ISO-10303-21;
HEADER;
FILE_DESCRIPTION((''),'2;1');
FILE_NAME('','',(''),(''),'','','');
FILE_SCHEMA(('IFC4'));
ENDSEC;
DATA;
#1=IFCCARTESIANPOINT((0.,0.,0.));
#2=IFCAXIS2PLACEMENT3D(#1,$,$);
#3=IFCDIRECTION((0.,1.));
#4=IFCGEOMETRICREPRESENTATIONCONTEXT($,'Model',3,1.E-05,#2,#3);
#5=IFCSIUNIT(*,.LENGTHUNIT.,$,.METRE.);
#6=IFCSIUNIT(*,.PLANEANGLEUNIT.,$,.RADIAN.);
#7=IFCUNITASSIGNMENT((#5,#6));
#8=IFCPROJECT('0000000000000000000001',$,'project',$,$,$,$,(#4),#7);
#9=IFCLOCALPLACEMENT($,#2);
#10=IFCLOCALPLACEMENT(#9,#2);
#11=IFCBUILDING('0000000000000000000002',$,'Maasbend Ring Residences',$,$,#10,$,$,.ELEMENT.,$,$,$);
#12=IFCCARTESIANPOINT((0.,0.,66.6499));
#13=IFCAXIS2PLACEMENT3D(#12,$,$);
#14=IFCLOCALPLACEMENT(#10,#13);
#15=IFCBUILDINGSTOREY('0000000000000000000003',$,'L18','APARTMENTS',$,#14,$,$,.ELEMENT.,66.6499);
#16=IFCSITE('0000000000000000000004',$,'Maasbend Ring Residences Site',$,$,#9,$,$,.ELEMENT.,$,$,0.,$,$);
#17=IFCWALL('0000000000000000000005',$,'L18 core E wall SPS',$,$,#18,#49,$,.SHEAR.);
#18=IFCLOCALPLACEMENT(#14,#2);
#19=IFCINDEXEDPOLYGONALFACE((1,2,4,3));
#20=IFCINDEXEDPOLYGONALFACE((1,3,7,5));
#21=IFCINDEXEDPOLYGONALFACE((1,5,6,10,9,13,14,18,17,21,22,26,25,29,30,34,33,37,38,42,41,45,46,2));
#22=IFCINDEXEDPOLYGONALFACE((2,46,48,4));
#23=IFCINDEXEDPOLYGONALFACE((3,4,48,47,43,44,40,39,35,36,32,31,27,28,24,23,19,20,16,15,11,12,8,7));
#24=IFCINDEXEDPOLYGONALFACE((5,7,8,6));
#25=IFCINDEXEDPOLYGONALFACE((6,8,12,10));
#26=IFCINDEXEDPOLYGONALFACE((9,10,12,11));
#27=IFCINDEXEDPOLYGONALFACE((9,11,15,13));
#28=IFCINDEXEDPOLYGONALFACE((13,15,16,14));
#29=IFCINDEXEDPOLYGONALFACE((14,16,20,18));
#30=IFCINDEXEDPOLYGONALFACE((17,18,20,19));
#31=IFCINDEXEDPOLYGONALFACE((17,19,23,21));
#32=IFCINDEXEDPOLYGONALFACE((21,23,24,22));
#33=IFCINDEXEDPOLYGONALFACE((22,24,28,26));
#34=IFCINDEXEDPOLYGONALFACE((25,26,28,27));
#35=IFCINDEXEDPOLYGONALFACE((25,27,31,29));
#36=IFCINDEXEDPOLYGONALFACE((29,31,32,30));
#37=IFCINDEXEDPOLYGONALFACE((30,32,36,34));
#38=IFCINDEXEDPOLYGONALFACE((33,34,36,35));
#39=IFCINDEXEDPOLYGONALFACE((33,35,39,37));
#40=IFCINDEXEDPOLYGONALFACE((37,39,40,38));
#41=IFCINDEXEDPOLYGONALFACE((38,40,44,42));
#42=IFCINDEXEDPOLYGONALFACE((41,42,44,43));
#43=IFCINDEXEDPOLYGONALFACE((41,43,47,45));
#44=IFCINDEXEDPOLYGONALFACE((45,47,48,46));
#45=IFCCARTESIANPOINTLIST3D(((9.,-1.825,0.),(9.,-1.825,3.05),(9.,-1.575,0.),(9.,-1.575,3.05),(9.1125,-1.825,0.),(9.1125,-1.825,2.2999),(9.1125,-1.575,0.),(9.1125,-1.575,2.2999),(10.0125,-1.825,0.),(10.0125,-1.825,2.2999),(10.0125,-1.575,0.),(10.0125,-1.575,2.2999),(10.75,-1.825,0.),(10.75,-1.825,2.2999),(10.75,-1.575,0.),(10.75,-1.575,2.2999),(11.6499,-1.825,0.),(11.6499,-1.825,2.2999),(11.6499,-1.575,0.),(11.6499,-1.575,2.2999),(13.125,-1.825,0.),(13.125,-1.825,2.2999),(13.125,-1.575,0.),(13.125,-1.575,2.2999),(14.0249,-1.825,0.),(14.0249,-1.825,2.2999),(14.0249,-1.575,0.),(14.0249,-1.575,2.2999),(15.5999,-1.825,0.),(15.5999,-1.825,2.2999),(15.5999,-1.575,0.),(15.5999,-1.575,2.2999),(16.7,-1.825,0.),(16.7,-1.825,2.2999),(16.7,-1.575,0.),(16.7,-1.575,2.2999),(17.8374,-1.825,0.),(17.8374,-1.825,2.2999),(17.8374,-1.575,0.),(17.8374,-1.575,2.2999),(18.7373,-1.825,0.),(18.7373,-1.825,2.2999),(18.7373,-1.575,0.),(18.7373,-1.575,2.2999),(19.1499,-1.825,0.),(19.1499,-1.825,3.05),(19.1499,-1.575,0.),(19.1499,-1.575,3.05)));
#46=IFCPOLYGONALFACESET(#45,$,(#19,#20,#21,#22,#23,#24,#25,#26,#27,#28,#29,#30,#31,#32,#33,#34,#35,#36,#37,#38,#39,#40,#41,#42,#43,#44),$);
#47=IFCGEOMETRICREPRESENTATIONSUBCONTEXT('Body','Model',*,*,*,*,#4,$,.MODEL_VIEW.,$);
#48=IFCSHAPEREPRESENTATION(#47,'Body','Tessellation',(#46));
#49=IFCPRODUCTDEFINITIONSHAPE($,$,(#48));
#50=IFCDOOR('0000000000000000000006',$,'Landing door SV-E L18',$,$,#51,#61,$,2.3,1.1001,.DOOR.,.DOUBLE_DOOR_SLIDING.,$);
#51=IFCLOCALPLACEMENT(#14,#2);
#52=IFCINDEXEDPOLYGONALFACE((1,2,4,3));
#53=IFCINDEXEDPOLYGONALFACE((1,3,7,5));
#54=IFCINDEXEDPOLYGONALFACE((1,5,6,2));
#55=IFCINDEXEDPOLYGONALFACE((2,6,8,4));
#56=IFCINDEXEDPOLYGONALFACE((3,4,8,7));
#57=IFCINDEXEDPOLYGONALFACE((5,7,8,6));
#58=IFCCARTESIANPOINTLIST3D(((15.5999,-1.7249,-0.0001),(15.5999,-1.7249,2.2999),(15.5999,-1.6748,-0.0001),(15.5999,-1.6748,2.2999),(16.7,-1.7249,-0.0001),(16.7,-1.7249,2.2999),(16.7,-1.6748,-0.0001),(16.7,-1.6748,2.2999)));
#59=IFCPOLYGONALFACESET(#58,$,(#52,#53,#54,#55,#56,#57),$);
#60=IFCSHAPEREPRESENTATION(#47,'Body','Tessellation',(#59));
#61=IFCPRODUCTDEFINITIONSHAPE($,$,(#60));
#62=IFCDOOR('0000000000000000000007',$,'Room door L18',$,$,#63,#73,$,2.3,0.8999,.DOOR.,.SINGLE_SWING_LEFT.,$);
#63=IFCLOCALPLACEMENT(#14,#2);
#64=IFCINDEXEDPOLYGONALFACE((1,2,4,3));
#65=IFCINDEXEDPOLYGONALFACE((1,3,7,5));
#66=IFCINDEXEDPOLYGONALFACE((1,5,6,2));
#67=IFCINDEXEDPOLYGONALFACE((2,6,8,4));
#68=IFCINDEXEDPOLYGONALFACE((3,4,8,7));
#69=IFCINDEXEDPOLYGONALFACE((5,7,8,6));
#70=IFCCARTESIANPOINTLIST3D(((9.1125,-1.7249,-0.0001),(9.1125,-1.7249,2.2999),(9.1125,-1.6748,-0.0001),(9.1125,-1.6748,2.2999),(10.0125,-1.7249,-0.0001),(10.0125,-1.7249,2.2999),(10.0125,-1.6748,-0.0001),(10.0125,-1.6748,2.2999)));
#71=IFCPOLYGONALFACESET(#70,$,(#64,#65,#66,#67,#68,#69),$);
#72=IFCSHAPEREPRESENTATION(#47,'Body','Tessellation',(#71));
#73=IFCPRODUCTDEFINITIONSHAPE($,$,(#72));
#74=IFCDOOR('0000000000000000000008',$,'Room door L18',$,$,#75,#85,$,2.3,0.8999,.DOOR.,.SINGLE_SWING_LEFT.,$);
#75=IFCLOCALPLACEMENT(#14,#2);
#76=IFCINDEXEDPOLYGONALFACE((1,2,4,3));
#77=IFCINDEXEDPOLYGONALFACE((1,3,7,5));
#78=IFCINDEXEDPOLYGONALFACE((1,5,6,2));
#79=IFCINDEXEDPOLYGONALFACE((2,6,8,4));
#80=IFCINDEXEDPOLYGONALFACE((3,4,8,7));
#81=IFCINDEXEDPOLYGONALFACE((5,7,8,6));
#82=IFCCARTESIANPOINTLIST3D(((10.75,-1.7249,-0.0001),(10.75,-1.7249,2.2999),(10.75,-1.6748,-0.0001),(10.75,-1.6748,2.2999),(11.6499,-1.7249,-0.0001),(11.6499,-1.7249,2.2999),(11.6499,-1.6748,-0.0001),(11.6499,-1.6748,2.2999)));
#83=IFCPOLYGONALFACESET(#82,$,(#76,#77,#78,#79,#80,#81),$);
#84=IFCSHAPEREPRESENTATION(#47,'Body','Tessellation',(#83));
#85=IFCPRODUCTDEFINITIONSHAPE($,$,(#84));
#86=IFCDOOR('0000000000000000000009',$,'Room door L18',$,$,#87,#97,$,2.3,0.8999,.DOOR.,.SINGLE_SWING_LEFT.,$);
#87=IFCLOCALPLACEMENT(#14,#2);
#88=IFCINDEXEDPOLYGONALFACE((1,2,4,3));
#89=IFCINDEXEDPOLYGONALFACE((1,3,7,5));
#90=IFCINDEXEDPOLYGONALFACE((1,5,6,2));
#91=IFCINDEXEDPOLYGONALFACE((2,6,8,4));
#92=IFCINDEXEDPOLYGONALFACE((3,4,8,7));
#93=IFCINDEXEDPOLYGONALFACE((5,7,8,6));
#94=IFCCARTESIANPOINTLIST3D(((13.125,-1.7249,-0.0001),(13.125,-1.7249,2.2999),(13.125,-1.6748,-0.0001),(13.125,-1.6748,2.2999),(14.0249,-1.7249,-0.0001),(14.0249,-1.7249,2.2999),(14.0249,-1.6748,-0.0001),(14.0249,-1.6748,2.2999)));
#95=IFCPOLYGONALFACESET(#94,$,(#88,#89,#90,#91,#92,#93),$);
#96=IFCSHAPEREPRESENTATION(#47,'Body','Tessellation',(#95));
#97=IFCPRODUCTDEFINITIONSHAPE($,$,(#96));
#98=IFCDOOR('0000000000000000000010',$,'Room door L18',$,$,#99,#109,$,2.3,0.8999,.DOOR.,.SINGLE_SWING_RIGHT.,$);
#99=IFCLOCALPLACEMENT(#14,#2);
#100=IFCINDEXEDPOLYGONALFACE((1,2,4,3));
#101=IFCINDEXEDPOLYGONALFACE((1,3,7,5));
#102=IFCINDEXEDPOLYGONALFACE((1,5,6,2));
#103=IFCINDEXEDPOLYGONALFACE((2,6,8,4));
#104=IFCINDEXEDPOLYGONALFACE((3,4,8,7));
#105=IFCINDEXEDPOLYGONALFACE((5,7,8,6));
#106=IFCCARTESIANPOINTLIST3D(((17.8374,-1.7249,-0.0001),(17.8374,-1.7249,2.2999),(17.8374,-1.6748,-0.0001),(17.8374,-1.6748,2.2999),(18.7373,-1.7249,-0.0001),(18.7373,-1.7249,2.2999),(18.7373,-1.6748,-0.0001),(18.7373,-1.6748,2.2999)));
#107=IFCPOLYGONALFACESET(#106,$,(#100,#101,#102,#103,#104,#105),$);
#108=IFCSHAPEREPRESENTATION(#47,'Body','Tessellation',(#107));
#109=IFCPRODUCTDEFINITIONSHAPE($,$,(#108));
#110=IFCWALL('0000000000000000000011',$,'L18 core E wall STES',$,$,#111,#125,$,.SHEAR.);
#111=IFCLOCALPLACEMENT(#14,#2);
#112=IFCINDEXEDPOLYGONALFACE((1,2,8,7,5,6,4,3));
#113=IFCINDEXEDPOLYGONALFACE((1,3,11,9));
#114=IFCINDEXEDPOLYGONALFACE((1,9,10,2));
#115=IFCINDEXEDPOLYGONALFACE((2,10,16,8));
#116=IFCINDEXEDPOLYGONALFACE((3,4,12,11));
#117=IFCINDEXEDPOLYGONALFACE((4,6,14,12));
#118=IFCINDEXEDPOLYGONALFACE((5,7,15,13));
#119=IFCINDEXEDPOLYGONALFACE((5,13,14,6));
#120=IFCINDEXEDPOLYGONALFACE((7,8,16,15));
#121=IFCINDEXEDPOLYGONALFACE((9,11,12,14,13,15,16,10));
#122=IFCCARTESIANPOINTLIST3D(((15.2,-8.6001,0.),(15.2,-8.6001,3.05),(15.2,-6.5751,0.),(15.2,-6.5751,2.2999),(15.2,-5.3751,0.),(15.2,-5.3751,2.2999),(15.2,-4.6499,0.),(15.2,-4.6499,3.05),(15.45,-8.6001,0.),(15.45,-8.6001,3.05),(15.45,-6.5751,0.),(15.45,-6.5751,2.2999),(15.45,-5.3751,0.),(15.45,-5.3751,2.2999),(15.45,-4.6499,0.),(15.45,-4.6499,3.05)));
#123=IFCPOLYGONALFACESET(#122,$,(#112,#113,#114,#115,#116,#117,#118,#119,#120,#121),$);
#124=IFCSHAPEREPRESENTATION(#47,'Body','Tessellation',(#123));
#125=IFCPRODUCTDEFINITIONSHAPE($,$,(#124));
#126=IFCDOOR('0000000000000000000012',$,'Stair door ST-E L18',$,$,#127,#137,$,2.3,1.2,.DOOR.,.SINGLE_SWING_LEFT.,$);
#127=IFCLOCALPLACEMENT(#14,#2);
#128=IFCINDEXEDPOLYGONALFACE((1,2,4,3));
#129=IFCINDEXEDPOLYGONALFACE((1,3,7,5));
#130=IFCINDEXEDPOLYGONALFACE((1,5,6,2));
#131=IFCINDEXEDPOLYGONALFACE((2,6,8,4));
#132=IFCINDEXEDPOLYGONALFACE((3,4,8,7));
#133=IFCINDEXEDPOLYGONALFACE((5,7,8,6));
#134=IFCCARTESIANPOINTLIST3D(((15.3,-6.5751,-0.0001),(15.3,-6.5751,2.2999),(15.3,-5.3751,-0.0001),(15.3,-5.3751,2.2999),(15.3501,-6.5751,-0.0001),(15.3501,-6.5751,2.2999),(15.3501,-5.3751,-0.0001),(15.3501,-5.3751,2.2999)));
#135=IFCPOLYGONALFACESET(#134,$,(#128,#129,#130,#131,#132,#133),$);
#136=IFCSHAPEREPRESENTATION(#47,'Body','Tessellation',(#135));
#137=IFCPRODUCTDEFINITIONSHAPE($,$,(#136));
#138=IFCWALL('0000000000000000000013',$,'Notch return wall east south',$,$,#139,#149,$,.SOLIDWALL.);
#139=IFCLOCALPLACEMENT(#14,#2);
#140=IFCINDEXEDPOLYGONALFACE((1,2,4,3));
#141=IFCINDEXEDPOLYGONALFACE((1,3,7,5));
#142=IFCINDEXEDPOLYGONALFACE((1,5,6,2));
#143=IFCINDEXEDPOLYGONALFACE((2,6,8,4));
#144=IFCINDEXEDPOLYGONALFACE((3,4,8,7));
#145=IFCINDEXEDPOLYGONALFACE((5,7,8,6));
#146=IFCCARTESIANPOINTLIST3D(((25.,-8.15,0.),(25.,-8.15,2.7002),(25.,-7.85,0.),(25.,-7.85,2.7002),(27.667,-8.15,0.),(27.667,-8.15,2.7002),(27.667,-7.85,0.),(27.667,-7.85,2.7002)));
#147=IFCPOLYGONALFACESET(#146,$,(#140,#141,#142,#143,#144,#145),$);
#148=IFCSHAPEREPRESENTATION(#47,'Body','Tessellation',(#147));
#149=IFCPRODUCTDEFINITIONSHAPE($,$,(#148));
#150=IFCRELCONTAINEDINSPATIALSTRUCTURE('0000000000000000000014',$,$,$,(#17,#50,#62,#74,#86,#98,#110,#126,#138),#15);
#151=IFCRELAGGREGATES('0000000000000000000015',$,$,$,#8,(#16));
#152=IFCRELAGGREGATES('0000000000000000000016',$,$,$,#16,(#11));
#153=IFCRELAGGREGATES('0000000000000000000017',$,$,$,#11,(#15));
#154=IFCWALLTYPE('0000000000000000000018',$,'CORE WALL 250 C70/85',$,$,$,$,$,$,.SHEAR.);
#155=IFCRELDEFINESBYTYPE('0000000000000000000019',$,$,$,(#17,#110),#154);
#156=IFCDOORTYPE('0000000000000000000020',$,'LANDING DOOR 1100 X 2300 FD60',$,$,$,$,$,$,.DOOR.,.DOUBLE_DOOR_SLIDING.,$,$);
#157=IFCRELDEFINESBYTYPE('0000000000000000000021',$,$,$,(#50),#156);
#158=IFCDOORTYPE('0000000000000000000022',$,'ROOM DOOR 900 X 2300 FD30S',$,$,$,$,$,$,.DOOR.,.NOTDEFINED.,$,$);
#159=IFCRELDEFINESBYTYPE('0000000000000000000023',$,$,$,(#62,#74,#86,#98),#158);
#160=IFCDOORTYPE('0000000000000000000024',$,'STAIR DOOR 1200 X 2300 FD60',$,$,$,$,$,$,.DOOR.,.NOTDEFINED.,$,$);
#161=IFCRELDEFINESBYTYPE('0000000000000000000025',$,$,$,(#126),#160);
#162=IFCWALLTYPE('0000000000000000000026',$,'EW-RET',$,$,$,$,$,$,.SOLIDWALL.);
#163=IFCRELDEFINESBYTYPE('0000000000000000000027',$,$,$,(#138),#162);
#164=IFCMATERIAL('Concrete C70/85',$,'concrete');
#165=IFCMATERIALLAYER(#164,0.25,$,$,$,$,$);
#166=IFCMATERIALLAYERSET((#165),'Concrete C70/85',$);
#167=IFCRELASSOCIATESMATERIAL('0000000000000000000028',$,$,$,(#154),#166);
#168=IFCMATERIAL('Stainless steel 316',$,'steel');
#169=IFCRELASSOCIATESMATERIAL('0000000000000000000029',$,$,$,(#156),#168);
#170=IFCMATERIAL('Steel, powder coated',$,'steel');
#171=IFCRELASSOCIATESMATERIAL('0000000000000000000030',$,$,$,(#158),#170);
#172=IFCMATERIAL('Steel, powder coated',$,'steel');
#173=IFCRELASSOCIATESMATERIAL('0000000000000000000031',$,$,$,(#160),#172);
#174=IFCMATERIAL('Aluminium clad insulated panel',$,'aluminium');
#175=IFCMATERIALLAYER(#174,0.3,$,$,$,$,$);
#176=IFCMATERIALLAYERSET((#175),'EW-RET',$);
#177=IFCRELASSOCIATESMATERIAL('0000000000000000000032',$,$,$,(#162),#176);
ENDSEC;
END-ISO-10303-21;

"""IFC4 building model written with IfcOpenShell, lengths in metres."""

from ifc_helpers import new_model, si_unit, direction, frame, frame_2d, origin, place, context, subcontext, project, spatial, rectangle, extrude, material, layer, layer_set, type_object, element, fill, save


model = new_model("IFC4")

# Units and contexts
model_context = context("Model", 3, precision=1e-05, world=origin(), true_north=direction((0.0, 1.0)))
body_context = subcontext(model_context, "Body", "Model", "MODEL_VIEW")
ifc_project = project(units=[si_unit("LENGTHUNIT", "METRE"), si_unit("PLANEANGLEUNIT", "RADIAN")], contexts=[model_context])

# Site, building, storey
site_placement = place(None, origin())
site = spatial("IfcSite", under=ifc_project, at=site_placement, Name="Maasbend Ring Residences Site", CompositionType="ELEMENT", RefElevation=0.0)
building_placement = place(site_placement, origin())
building = spatial("IfcBuilding", under=site, at=building_placement, Name="Maasbend Ring Residences", CompositionType="ELEMENT")
storey_placement = place(building_placement, frame((0.0, 0.0, 66.6499)))
storey = spatial("IfcBuildingStorey", under=building, at=storey_placement, Name="L18", Description="APARTMENTS", CompositionType="ELEMENT", Elevation=66.6499)

# Wall, openings, doors
ifc_material_1 = material(Name="Concrete C70/85", Category="concrete")
ifc_layer_1 = layer(ifc_material_1, 0.25)
ifc_layer_set_1 = layer_set([ifc_layer_1], Name="Concrete C70/85")
wall_type_1 = type_object("IfcWallType", Name="CORE WALL 250 C70/85", PredefinedType="SHEAR", material=ifc_layer_set_1)
wall_1_placement = place(storey_placement, frame((19.1499, -1.7, 0.0), z_axis=(0.0, 0.0, 1.0), x_axis=(-1.0, 0.0, 0.0)))
wall_1 = element("IfcWall", 1, at=wall_1_placement, inside=storey, type_object=wall_type_1, Name="L18 core E wall SPS", PredefinedType="SHEAR", context=body_context, shape_type="SweptSolid", body=[
    extrude(rectangle(XDim=10.1499, YDim=0.25, at=frame_2d((5.075, 0.0))), origin(), (0.0, 0.0, 1.0), 3.05),
])
opening_1_placement = place(wall_1_placement, frame((2.45, 0.0, 0.0)))
opening_1 = element("IfcOpeningElement", 2, at=opening_1_placement, cuts=wall_1, PredefinedType="OPENING", context=body_context, shape_type="SweptSolid", body=[
    extrude(rectangle(XDim=1.1001, YDim=2.3, at=frame_2d((0.55, 1.1499))), frame((0.0, 0.135, 0.0), z_axis=(0.0, -1.0, 0.0), x_axis=(1.0, 0.0, 0.0)), (0.0, 0.0, 1.0), 0.27),
])
opening_2_placement = place(wall_1_placement, frame((9.1375, 0.0, 0.0)))
opening_2 = element("IfcOpeningElement", 3, at=opening_2_placement, cuts=wall_1, PredefinedType="OPENING", context=body_context, shape_type="SweptSolid", body=[
    extrude(rectangle(XDim=0.8999, YDim=2.3, at=frame_2d((0.45, 1.1499))), frame((0.0, 0.135, 0.0), z_axis=(0.0, -1.0, 0.0), x_axis=(1.0, 0.0, 0.0)), (0.0, 0.0, 1.0), 0.27),
])
opening_3_placement = place(wall_1_placement, frame((7.5, 0.0, 0.0)))
opening_3 = element("IfcOpeningElement", 4, at=opening_3_placement, cuts=wall_1, PredefinedType="OPENING", context=body_context, shape_type="SweptSolid", body=[
    extrude(rectangle(XDim=0.8999, YDim=2.3, at=frame_2d((0.45, 1.1499))), frame((0.0, 0.135, 0.0), z_axis=(0.0, -1.0, 0.0), x_axis=(1.0, 0.0, 0.0)), (0.0, 0.0, 1.0), 0.27),
])
opening_4_placement = place(wall_1_placement, frame((5.125, 0.0, 0.0)))
opening_4 = element("IfcOpeningElement", 5, at=opening_4_placement, cuts=wall_1, PredefinedType="OPENING", context=body_context, shape_type="SweptSolid", body=[
    extrude(rectangle(XDim=0.8999, YDim=2.3, at=frame_2d((0.45, 1.1499))), frame((0.0, 0.135, 0.0), z_axis=(0.0, -1.0, 0.0), x_axis=(1.0, 0.0, 0.0)), (0.0, 0.0, 1.0), 0.27),
])
opening_5_placement = place(wall_1_placement, frame((0.4126, 0.0, 0.0)))
opening_5 = element("IfcOpeningElement", 6, at=opening_5_placement, cuts=wall_1, PredefinedType="OPENING", context=body_context, shape_type="SweptSolid", body=[
    extrude(rectangle(XDim=0.8999, YDim=2.3, at=frame_2d((0.45, 1.1499))), frame((0.0, 0.135, 0.0), z_axis=(0.0, -1.0, 0.0), x_axis=(1.0, 0.0, 0.0)), (0.0, 0.0, 1.0), 0.27),
])
ifc_material_2 = material(Name="Stainless steel 316", Category="steel")
door_type_1 = type_object("IfcDoorType", Name="LANDING DOOR 1100 X 2300 FD60", OperationType="DOUBLE_DOOR_SLIDING", PredefinedType="DOOR", material=ifc_material_2)
door_1_placement = place(opening_1_placement, origin())
door_1 = element("IfcDoor", 7, at=door_1_placement, inside=storey, type_object=door_type_1, Name="Landing door SV-E L18", OperationType="DOUBLE_DOOR_SLIDING", OverallHeight=2.3, OverallWidth=1.1001, PredefinedType="DOOR", context=body_context, shape_type="SweptSolid", body=[
    extrude(rectangle(XDim=1.1001, YDim=2.3, at=frame_2d((0.55, 1.1499))), frame((0.0, 0.0249, 0.0), z_axis=(0.0, -1.0, 0.0), x_axis=(1.0, 0.0, 0.0)), (0.0, 0.0, 1.0), 0.05),
])
fill(opening_1, door_1)
ifc_material_3 = material(Name="Steel, powder coated", Category="steel")
door_type_2 = type_object("IfcDoorType", Name="ROOM DOOR 900 X 2300 FD30S", OperationType="NOTDEFINED", PredefinedType="DOOR", material=ifc_material_3)
door_2_placement = place(opening_2_placement, origin())
door_2 = element("IfcDoor", 8, at=door_2_placement, inside=storey, type_object=door_type_2, Name="Room door L18", OperationType="SINGLE_SWING_LEFT", OverallHeight=2.3, OverallWidth=0.8999, PredefinedType="DOOR", context=body_context, shape_type="SweptSolid", body=[
    extrude(rectangle(XDim=0.8999, YDim=2.3, at=frame_2d((0.45, 1.1499))), frame((0.0, 0.0249, 0.0), z_axis=(0.0, -1.0, 0.0), x_axis=(1.0, 0.0, 0.0)), (0.0, 0.0, 1.0), 0.05),
])
fill(opening_2, door_2)
door_3_placement = place(opening_3_placement, origin())
door_3 = element("IfcDoor", 9, at=door_3_placement, inside=storey, type_object=door_type_2, Name="Room door L18", OperationType="SINGLE_SWING_LEFT", OverallHeight=2.3, OverallWidth=0.8999, PredefinedType="DOOR", context=body_context, shape_type="SweptSolid", body=[
    extrude(rectangle(XDim=0.8999, YDim=2.3, at=frame_2d((0.45, 1.1499))), frame((0.0, 0.0249, 0.0), z_axis=(0.0, -1.0, 0.0), x_axis=(1.0, 0.0, 0.0)), (0.0, 0.0, 1.0), 0.05),
])
fill(opening_3, door_3)
door_4_placement = place(opening_4_placement, origin())
door_4 = element("IfcDoor", 10, at=door_4_placement, inside=storey, type_object=door_type_2, Name="Room door L18", OperationType="SINGLE_SWING_LEFT", OverallHeight=2.3, OverallWidth=0.8999, PredefinedType="DOOR", context=body_context, shape_type="SweptSolid", body=[
    extrude(rectangle(XDim=0.8999, YDim=2.3, at=frame_2d((0.45, 1.1499))), frame((0.0, 0.0249, 0.0), z_axis=(0.0, -1.0, 0.0), x_axis=(1.0, 0.0, 0.0)), (0.0, 0.0, 1.0), 0.05),
])
fill(opening_4, door_4)
door_5_placement = place(opening_5_placement, origin())
door_5 = element("IfcDoor", 11, at=door_5_placement, inside=storey, type_object=door_type_2, Name="Room door L18", OperationType="SINGLE_SWING_RIGHT", OverallHeight=2.3, OverallWidth=0.8999, PredefinedType="DOOR", context=body_context, shape_type="SweptSolid", body=[
    extrude(rectangle(XDim=0.8999, YDim=2.3, at=frame_2d((0.45, 1.1499))), frame((0.0, 0.0249, 0.0), z_axis=(0.0, -1.0, 0.0), x_axis=(1.0, 0.0, 0.0)), (0.0, 0.0, 1.0), 0.05),
])
fill(opening_5, door_5)

# Wall, opening, door
wall_2_placement = place(storey_placement, frame((15.325, -8.6001, 0.0), z_axis=(0.0, 0.0, 1.0), x_axis=(0.0, 1.0, 0.0)))
wall_2 = element("IfcWall", 12, at=wall_2_placement, inside=storey, type_object=wall_type_1, Name="L18 core E wall STES", PredefinedType="SHEAR", context=body_context, shape_type="SweptSolid", body=[
    extrude(rectangle(XDim=3.9502, YDim=0.25, at=frame_2d((1.9751, 0.0))), origin(), (0.0, 0.0, 1.0), 3.05),
])
opening_6_placement = place(wall_2_placement, frame((2.0249, 0.0, 0.0)))
opening_6 = element("IfcOpeningElement", 13, at=opening_6_placement, cuts=wall_2, PredefinedType="OPENING", context=body_context, shape_type="SweptSolid", body=[
    extrude(rectangle(XDim=1.2, YDim=2.3, at=frame_2d((0.6001, 1.1499))), frame((0.0, 0.135, 0.0), z_axis=(0.0, -1.0, 0.0), x_axis=(1.0, 0.0, 0.0)), (0.0, 0.0, 1.0), 0.27),
])
ifc_material_4 = material(Name="Steel, powder coated", Category="steel")
door_type_3 = type_object("IfcDoorType", Name="STAIR DOOR 1200 X 2300 FD60", OperationType="NOTDEFINED", PredefinedType="DOOR", material=ifc_material_4)
door_6_placement = place(opening_6_placement, origin())
door_6 = element("IfcDoor", 14, at=door_6_placement, inside=storey, type_object=door_type_3, Name="Stair door ST-E L18", OperationType="SINGLE_SWING_LEFT", OverallHeight=2.3, OverallWidth=1.2, PredefinedType="DOOR", context=body_context, shape_type="SweptSolid", body=[
    extrude(rectangle(XDim=1.2, YDim=2.3, at=frame_2d((0.6001, 1.1499))), frame((0.0, 0.0249, 0.0), z_axis=(0.0, -1.0, 0.0), x_axis=(1.0, 0.0, 0.0)), (0.0, 0.0, 1.0), 0.05),
])
fill(opening_6, door_6)

# Wall
ifc_material_5 = material(Name="Aluminium clad insulated panel", Category="aluminium")
ifc_layer_2 = layer(ifc_material_5, 0.3)
ifc_layer_set_2 = layer_set([ifc_layer_2], Name="EW-RET")
wall_type_2 = type_object("IfcWallType", Name="EW-RET", PredefinedType="SOLIDWALL", material=ifc_layer_set_2)
wall_3_placement = place(storey_placement, frame((25.0, -8.0, 0.0), z_axis=(0.0, 0.0, 1.0), x_axis=(1.0, 0.0, 0.0)))
element("IfcWall", 15, at=wall_3_placement, inside=storey, type_object=wall_type_2, Name="Notch return wall east south", PredefinedType="SOLIDWALL", context=body_context, shape_type="SweptSolid", body=[
    extrude(rectangle(XDim=2.667, YDim=0.3, at=frame_2d((1.3335, 0.0))), origin(), (0.0, 0.0, 1.0), 2.7002),
])

save(model, "model.ifc")
